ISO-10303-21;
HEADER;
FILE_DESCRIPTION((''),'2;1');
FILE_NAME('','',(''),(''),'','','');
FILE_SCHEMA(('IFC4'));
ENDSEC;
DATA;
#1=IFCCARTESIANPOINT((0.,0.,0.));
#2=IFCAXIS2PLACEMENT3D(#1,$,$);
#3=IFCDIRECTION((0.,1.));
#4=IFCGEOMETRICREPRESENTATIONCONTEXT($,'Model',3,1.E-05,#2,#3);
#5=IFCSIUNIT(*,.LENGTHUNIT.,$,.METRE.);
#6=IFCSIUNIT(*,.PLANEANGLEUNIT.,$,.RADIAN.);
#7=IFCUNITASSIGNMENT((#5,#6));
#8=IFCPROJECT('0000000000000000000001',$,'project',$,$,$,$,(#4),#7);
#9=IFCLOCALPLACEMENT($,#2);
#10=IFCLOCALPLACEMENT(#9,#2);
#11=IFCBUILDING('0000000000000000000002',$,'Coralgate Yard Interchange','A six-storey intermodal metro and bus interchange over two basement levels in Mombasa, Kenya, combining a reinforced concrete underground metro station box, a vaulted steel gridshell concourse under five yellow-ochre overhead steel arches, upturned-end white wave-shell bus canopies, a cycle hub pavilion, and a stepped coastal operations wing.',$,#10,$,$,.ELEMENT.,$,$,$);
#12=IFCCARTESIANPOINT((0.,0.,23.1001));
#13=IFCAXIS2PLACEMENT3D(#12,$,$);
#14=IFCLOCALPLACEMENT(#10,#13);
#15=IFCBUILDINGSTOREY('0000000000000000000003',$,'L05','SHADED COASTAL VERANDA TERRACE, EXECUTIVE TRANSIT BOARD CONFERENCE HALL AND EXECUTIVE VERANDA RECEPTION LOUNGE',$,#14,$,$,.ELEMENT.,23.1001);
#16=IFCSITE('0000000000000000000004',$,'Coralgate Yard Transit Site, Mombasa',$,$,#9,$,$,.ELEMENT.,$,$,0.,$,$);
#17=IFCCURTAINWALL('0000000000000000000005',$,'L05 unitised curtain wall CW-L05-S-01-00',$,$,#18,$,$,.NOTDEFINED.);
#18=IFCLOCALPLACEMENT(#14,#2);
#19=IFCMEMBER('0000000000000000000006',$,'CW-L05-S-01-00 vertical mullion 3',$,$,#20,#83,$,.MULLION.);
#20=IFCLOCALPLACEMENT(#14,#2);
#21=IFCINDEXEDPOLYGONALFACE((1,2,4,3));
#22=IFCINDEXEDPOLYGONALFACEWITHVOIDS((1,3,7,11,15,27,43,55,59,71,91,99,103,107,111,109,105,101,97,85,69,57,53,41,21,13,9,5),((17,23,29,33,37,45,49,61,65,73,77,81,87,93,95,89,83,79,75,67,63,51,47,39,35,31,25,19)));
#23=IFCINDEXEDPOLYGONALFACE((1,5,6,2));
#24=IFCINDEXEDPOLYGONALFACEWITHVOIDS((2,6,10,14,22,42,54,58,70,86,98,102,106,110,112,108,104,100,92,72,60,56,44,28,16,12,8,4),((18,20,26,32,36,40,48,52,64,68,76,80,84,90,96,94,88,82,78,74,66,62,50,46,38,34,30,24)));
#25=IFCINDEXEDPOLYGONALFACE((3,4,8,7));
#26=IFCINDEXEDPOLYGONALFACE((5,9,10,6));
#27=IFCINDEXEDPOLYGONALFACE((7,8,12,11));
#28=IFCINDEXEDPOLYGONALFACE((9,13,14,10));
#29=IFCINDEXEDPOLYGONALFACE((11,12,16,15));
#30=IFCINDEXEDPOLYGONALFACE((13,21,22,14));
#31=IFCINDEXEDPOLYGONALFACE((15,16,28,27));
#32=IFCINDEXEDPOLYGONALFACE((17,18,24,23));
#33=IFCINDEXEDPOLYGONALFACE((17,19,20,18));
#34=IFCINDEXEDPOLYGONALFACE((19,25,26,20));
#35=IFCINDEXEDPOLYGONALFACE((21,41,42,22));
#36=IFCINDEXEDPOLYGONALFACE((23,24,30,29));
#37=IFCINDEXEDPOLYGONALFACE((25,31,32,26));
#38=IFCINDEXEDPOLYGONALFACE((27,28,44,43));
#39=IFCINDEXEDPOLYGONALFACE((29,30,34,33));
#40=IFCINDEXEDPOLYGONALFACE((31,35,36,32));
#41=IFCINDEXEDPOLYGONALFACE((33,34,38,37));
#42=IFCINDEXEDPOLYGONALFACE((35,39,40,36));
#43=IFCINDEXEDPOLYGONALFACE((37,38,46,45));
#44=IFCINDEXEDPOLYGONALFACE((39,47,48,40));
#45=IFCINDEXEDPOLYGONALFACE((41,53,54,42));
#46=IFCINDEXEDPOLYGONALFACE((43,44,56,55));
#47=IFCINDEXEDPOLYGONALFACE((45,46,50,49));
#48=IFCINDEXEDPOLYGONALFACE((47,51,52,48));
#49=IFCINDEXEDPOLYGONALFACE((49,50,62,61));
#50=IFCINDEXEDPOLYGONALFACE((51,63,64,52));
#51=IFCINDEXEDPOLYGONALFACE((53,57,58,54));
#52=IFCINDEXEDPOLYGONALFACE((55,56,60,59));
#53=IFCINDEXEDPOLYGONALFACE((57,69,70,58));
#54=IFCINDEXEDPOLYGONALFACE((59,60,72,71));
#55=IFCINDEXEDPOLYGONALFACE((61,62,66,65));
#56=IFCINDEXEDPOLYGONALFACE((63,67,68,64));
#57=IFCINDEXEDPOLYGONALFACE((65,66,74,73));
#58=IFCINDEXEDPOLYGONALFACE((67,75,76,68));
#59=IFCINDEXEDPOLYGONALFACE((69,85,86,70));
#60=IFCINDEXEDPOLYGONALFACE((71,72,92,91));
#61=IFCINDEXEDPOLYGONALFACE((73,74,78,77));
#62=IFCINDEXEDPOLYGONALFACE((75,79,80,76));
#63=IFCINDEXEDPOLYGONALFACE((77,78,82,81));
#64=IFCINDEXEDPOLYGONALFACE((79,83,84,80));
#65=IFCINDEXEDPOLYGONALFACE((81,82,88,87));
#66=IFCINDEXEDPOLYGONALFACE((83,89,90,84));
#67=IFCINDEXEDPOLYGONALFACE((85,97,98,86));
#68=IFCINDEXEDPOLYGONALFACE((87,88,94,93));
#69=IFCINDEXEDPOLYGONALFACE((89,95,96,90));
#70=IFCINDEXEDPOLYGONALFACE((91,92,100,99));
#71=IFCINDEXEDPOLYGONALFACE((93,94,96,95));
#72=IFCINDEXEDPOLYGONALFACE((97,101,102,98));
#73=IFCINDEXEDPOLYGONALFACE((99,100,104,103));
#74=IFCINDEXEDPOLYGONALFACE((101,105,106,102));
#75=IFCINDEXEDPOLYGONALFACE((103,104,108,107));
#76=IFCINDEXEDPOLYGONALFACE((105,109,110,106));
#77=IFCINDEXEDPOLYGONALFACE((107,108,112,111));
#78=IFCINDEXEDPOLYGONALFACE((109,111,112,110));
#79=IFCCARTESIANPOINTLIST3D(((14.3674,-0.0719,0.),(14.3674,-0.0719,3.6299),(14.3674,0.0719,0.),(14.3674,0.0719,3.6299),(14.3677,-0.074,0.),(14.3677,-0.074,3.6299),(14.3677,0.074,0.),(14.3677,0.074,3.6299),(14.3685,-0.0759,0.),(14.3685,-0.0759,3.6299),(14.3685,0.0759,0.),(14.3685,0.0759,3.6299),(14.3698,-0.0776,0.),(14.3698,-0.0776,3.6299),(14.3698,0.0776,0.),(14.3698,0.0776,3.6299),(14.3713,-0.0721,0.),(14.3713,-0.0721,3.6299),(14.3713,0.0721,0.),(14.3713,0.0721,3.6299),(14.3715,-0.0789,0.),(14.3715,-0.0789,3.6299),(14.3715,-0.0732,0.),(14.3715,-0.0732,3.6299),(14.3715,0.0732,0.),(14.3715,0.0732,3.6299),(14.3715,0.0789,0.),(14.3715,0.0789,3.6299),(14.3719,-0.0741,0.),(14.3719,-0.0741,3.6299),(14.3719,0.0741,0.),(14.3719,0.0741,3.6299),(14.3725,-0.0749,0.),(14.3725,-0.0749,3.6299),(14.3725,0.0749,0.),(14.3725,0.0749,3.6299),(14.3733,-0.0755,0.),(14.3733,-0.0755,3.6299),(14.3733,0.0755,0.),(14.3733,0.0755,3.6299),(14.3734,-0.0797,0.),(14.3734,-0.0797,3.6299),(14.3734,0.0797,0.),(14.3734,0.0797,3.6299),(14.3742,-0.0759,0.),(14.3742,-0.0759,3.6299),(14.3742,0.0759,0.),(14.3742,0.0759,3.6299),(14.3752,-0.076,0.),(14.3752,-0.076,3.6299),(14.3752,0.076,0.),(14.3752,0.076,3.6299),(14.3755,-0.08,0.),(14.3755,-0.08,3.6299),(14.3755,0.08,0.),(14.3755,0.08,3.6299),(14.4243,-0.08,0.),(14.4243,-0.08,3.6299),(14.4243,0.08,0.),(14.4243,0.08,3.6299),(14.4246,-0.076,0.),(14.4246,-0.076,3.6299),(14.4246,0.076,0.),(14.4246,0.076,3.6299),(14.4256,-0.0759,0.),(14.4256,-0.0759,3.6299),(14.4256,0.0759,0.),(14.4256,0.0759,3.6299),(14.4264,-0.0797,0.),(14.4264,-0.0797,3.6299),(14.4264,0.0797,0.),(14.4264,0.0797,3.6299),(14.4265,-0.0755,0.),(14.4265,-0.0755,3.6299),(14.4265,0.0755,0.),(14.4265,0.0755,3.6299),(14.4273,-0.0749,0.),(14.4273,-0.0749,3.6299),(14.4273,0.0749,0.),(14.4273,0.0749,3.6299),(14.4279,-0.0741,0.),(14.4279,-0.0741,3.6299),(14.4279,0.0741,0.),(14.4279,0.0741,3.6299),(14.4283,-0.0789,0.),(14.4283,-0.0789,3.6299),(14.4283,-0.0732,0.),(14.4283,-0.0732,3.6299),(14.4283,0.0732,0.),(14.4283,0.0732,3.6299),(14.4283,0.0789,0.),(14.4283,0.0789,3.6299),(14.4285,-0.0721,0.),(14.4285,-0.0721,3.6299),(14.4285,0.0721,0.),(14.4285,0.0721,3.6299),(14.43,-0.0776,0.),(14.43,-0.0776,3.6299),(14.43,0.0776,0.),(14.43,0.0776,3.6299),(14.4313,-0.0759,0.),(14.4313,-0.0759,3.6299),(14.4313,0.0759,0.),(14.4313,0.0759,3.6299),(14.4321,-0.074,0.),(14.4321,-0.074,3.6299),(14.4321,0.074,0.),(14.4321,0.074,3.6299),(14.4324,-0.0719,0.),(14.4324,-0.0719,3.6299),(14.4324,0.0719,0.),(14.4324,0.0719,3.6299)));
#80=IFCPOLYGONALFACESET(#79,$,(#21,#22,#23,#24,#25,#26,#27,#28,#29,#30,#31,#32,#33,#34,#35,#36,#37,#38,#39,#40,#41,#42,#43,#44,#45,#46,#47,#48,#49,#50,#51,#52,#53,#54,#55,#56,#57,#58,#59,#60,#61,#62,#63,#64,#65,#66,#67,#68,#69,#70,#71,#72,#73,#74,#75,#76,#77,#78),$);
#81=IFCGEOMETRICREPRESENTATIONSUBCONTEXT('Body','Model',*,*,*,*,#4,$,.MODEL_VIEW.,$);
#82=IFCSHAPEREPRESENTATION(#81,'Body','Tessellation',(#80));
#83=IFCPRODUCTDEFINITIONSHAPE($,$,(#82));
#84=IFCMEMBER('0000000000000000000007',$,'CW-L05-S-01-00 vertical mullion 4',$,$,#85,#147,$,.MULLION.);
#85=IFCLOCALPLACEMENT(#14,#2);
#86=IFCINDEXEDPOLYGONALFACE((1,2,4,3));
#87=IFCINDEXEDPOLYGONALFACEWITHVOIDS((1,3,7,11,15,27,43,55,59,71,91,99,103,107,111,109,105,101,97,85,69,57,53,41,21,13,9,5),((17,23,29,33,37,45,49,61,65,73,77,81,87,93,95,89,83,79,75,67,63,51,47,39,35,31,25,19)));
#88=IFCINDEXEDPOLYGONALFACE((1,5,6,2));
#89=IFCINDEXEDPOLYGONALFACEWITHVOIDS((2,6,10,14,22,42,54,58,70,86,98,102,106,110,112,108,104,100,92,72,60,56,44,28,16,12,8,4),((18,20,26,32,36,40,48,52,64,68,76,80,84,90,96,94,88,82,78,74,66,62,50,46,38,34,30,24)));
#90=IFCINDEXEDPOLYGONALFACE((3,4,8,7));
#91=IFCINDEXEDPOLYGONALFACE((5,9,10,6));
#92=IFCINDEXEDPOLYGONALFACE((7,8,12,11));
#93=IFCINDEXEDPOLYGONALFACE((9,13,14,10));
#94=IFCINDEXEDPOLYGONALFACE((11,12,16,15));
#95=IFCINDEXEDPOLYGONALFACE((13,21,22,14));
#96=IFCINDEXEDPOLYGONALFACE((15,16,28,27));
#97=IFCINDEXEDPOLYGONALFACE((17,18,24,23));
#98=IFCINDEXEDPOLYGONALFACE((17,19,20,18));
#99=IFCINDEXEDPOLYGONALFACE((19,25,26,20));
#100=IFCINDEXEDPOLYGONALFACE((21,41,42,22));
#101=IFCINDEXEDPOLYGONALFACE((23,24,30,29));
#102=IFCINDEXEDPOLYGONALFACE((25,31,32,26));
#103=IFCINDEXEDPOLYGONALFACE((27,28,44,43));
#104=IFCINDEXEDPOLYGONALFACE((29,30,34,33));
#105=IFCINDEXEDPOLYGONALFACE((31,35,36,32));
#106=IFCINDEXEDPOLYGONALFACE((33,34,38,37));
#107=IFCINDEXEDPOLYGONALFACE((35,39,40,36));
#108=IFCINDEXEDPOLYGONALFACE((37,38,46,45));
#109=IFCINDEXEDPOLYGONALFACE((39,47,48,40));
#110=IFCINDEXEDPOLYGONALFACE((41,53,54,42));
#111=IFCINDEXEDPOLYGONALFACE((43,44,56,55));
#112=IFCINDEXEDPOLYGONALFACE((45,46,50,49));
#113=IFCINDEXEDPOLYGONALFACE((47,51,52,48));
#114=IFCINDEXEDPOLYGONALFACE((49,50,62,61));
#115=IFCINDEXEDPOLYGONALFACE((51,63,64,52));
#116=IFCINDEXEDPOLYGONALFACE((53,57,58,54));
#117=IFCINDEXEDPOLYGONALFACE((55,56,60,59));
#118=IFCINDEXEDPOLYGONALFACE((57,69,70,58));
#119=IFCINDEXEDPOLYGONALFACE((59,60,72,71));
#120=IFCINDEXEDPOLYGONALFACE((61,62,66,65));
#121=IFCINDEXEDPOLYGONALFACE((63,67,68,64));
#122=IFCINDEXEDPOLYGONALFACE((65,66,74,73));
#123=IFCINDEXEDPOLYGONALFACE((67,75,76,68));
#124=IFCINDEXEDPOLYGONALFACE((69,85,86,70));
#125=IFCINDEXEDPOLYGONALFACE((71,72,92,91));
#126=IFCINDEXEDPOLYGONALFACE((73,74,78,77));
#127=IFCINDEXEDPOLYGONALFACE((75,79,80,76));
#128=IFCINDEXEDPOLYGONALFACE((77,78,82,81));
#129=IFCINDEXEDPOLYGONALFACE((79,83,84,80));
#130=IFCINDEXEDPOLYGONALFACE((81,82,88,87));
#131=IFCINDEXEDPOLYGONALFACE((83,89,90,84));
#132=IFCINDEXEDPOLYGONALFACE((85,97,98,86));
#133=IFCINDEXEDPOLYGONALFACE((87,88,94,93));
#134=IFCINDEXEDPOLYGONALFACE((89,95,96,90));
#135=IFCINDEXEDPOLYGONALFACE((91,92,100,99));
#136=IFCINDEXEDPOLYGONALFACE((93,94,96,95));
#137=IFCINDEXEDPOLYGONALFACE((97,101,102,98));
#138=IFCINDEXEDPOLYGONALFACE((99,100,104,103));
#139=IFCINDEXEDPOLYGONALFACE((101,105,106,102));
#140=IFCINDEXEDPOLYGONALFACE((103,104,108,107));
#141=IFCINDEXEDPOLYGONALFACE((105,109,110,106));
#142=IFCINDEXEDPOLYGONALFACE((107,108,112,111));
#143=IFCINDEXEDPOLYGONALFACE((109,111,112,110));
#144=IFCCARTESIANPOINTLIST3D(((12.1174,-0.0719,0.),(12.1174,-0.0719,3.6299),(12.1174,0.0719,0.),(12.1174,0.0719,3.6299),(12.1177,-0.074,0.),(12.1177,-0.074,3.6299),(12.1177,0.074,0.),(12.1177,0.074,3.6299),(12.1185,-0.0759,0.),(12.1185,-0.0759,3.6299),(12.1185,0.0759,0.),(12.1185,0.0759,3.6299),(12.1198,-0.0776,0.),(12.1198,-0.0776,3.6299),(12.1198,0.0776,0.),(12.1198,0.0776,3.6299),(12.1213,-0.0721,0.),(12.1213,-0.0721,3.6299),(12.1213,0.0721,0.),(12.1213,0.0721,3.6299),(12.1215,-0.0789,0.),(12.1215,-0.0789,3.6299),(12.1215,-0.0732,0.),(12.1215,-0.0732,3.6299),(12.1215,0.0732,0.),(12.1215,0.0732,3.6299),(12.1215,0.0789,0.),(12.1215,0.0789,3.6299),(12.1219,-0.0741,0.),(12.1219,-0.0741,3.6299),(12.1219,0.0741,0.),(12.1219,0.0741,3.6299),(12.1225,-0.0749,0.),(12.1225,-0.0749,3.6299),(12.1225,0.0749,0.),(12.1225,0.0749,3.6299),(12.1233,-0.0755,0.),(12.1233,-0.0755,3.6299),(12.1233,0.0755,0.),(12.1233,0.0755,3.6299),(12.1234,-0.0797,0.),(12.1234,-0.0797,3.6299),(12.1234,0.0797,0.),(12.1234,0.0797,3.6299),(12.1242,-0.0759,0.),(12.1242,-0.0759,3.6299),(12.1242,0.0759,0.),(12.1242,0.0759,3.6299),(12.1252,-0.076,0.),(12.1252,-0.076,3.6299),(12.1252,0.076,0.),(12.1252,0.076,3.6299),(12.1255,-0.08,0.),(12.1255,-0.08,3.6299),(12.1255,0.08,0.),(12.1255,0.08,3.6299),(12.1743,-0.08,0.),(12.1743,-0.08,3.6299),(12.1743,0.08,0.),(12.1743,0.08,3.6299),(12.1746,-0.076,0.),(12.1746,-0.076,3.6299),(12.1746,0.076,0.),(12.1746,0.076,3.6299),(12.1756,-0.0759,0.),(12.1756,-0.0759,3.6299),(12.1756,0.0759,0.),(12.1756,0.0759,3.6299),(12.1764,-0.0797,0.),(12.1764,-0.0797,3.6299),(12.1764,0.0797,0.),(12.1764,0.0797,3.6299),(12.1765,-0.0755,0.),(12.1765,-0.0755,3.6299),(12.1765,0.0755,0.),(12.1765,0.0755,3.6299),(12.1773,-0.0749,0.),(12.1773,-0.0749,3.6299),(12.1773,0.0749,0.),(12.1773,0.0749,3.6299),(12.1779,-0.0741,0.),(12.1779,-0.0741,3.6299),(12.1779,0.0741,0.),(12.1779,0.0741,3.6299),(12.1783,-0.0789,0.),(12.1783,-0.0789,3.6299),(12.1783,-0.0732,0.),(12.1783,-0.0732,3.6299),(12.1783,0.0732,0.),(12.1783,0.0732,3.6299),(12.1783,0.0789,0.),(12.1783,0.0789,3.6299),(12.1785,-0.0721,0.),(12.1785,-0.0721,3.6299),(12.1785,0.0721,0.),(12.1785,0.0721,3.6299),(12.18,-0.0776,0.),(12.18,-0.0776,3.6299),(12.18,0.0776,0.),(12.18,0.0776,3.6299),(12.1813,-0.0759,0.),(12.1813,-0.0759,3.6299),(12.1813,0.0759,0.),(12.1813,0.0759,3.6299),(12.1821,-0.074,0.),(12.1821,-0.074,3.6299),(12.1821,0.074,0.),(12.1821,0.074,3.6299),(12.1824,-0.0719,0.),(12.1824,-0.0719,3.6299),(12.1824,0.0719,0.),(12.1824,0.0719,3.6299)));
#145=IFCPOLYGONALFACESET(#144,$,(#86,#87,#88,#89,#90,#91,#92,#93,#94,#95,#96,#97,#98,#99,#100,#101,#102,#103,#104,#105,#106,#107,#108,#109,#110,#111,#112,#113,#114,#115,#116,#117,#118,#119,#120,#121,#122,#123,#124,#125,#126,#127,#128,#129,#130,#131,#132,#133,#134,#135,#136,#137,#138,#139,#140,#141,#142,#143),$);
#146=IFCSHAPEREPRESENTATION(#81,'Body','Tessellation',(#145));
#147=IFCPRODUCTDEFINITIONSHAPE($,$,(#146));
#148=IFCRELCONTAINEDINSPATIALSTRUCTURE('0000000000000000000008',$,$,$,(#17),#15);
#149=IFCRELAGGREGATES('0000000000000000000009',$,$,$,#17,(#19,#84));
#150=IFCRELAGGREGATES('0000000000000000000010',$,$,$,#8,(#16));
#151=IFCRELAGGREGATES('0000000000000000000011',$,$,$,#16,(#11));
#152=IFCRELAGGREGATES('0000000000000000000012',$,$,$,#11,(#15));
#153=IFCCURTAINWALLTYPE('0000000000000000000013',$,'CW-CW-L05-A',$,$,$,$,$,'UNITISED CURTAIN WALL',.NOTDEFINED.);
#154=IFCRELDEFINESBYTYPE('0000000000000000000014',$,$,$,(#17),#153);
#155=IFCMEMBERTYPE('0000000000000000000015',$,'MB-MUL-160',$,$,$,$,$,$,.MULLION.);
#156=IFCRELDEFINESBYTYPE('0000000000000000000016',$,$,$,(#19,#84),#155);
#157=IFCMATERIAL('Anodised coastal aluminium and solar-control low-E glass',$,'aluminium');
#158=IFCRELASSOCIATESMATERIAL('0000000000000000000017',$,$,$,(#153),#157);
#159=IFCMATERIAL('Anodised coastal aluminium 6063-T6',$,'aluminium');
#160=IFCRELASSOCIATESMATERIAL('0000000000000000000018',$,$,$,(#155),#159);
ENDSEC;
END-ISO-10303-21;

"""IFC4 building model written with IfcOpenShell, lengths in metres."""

from ifc_helpers import new_model, si_unit, direction, frame, origin, origin_2d, place, context, subcontext, project, spatial, hollow_rectangle, extrude, material, material_profile, profile_set, type_object, element, aggregate, save


model = new_model("IFC4")

# Units and contexts
model_context = context("Model", 3, precision=1e-05, world=origin(), true_north=direction((0.0, 1.0)))
body_context = subcontext(model_context, "Body", "Model", "MODEL_VIEW")
ifc_project = project(units=[si_unit("LENGTHUNIT", "METRE"), si_unit("PLANEANGLEUNIT", "RADIAN")], contexts=[model_context])

# Site, building, storey
site_placement = place(None, origin())
site = spatial("IfcSite", under=ifc_project, at=site_placement, Name="Coralgate Yard Transit Site, Mombasa", CompositionType="ELEMENT", RefElevation=0.0)
building_placement = place(site_placement, origin())
building = spatial("IfcBuilding", under=site, at=building_placement, Name="Coralgate Yard Interchange", Description="A six-storey intermodal metro and bus interchange over two basement levels in Mombasa, Kenya, combining a reinforced concrete underground metro station box, a vaulted steel gridshell concourse under five yellow-ochre overhead steel arches, upturned-end white wave-shell bus canopies, a cycle hub pavilion, and a stepped coastal operations wing.", CompositionType="ELEMENT")
storey_placement = place(building_placement, frame((0.0, 0.0, 23.1001)))
storey = spatial("IfcBuildingStorey", under=building, at=storey_placement, Name="L05", Description="SHADED COASTAL VERANDA TERRACE, EXECUTIVE TRANSIT BOARD CONFERENCE HALL AND EXECUTIVE VERANDA RECEPTION LOUNGE", CompositionType="ELEMENT", Elevation=23.1001)

# Curtain wall, members
ifc_material_1 = material(Name="Anodised coastal aluminium and solar-control low-E glass", Category="aluminium")
curtain_wall_type = type_object("IfcCurtainWallType", Name="CW-CW-L05-A", ElementType="UNITISED CURTAIN WALL", PredefinedType="NOTDEFINED", material=ifc_material_1)
curtain_wall_placement = place(storey_placement, origin())
curtain_wall = element("IfcCurtainWall", 1, at=curtain_wall_placement, inside=storey, type_object=curtain_wall_type, Name="L05 unitised curtain wall CW-L05-S-01-00", PredefinedType="NOTDEFINED")
ifc_material_2 = material(Name="Anodised coastal aluminium 6063-T6", Category="aluminium")
ifc_material_profile_1 = material_profile(ifc_material_2, hollow_rectangle(XDim=0.0649, YDim=0.1599, WallThickness=0.0039, InnerFilletRadius=0.0039, OuterFilletRadius=0.0081, at=origin_2d()), Name="ALU 65x160x4")
ifc_profile_set_1 = profile_set([ifc_material_profile_1], Name="Anodised coastal aluminium 6063-T6")
member_type_1 = type_object("IfcMemberType", Name="MB-MUL-160", PredefinedType="MULLION", material=ifc_profile_set_1)
member_1_placement = place(storey_placement, frame((14.3999, 0.0, 0.0), z_axis=(0.0, 0.0, 1.0), x_axis=(1.0, 0.0, 0.0)))
member_1 = element("IfcMember", 2, at=member_1_placement, type_object=member_type_1, Name="CW-L05-S-01-00 vertical mullion 3", PredefinedType="MULLION", context=body_context, shape_type="SweptSolid", body=[
    extrude(hollow_rectangle(XDim=0.0649, YDim=0.1599, WallThickness=0.0039, InnerFilletRadius=0.0039, OuterFilletRadius=0.0081, at=origin_2d()), origin(), (0.0, 0.0, 1.0), 3.6299),
])
member_2_placement = place(storey_placement, frame((12.1499, 0.0, 0.0), z_axis=(0.0, 0.0, 1.0), x_axis=(1.0, 0.0, 0.0)))
member_2 = element("IfcMember", 3, at=member_2_placement, type_object=member_type_1, Name="CW-L05-S-01-00 vertical mullion 4", PredefinedType="MULLION", context=body_context, shape_type="SweptSolid", body=[
    extrude(hollow_rectangle(XDim=0.0649, YDim=0.1599, WallThickness=0.0039, InnerFilletRadius=0.0039, OuterFilletRadius=0.0081, at=origin_2d()), origin(), (0.0, 0.0, 1.0), 3.6299),
])
aggregate(curtain_wall, [member_1, member_2])

save(model, "model.ifc")
